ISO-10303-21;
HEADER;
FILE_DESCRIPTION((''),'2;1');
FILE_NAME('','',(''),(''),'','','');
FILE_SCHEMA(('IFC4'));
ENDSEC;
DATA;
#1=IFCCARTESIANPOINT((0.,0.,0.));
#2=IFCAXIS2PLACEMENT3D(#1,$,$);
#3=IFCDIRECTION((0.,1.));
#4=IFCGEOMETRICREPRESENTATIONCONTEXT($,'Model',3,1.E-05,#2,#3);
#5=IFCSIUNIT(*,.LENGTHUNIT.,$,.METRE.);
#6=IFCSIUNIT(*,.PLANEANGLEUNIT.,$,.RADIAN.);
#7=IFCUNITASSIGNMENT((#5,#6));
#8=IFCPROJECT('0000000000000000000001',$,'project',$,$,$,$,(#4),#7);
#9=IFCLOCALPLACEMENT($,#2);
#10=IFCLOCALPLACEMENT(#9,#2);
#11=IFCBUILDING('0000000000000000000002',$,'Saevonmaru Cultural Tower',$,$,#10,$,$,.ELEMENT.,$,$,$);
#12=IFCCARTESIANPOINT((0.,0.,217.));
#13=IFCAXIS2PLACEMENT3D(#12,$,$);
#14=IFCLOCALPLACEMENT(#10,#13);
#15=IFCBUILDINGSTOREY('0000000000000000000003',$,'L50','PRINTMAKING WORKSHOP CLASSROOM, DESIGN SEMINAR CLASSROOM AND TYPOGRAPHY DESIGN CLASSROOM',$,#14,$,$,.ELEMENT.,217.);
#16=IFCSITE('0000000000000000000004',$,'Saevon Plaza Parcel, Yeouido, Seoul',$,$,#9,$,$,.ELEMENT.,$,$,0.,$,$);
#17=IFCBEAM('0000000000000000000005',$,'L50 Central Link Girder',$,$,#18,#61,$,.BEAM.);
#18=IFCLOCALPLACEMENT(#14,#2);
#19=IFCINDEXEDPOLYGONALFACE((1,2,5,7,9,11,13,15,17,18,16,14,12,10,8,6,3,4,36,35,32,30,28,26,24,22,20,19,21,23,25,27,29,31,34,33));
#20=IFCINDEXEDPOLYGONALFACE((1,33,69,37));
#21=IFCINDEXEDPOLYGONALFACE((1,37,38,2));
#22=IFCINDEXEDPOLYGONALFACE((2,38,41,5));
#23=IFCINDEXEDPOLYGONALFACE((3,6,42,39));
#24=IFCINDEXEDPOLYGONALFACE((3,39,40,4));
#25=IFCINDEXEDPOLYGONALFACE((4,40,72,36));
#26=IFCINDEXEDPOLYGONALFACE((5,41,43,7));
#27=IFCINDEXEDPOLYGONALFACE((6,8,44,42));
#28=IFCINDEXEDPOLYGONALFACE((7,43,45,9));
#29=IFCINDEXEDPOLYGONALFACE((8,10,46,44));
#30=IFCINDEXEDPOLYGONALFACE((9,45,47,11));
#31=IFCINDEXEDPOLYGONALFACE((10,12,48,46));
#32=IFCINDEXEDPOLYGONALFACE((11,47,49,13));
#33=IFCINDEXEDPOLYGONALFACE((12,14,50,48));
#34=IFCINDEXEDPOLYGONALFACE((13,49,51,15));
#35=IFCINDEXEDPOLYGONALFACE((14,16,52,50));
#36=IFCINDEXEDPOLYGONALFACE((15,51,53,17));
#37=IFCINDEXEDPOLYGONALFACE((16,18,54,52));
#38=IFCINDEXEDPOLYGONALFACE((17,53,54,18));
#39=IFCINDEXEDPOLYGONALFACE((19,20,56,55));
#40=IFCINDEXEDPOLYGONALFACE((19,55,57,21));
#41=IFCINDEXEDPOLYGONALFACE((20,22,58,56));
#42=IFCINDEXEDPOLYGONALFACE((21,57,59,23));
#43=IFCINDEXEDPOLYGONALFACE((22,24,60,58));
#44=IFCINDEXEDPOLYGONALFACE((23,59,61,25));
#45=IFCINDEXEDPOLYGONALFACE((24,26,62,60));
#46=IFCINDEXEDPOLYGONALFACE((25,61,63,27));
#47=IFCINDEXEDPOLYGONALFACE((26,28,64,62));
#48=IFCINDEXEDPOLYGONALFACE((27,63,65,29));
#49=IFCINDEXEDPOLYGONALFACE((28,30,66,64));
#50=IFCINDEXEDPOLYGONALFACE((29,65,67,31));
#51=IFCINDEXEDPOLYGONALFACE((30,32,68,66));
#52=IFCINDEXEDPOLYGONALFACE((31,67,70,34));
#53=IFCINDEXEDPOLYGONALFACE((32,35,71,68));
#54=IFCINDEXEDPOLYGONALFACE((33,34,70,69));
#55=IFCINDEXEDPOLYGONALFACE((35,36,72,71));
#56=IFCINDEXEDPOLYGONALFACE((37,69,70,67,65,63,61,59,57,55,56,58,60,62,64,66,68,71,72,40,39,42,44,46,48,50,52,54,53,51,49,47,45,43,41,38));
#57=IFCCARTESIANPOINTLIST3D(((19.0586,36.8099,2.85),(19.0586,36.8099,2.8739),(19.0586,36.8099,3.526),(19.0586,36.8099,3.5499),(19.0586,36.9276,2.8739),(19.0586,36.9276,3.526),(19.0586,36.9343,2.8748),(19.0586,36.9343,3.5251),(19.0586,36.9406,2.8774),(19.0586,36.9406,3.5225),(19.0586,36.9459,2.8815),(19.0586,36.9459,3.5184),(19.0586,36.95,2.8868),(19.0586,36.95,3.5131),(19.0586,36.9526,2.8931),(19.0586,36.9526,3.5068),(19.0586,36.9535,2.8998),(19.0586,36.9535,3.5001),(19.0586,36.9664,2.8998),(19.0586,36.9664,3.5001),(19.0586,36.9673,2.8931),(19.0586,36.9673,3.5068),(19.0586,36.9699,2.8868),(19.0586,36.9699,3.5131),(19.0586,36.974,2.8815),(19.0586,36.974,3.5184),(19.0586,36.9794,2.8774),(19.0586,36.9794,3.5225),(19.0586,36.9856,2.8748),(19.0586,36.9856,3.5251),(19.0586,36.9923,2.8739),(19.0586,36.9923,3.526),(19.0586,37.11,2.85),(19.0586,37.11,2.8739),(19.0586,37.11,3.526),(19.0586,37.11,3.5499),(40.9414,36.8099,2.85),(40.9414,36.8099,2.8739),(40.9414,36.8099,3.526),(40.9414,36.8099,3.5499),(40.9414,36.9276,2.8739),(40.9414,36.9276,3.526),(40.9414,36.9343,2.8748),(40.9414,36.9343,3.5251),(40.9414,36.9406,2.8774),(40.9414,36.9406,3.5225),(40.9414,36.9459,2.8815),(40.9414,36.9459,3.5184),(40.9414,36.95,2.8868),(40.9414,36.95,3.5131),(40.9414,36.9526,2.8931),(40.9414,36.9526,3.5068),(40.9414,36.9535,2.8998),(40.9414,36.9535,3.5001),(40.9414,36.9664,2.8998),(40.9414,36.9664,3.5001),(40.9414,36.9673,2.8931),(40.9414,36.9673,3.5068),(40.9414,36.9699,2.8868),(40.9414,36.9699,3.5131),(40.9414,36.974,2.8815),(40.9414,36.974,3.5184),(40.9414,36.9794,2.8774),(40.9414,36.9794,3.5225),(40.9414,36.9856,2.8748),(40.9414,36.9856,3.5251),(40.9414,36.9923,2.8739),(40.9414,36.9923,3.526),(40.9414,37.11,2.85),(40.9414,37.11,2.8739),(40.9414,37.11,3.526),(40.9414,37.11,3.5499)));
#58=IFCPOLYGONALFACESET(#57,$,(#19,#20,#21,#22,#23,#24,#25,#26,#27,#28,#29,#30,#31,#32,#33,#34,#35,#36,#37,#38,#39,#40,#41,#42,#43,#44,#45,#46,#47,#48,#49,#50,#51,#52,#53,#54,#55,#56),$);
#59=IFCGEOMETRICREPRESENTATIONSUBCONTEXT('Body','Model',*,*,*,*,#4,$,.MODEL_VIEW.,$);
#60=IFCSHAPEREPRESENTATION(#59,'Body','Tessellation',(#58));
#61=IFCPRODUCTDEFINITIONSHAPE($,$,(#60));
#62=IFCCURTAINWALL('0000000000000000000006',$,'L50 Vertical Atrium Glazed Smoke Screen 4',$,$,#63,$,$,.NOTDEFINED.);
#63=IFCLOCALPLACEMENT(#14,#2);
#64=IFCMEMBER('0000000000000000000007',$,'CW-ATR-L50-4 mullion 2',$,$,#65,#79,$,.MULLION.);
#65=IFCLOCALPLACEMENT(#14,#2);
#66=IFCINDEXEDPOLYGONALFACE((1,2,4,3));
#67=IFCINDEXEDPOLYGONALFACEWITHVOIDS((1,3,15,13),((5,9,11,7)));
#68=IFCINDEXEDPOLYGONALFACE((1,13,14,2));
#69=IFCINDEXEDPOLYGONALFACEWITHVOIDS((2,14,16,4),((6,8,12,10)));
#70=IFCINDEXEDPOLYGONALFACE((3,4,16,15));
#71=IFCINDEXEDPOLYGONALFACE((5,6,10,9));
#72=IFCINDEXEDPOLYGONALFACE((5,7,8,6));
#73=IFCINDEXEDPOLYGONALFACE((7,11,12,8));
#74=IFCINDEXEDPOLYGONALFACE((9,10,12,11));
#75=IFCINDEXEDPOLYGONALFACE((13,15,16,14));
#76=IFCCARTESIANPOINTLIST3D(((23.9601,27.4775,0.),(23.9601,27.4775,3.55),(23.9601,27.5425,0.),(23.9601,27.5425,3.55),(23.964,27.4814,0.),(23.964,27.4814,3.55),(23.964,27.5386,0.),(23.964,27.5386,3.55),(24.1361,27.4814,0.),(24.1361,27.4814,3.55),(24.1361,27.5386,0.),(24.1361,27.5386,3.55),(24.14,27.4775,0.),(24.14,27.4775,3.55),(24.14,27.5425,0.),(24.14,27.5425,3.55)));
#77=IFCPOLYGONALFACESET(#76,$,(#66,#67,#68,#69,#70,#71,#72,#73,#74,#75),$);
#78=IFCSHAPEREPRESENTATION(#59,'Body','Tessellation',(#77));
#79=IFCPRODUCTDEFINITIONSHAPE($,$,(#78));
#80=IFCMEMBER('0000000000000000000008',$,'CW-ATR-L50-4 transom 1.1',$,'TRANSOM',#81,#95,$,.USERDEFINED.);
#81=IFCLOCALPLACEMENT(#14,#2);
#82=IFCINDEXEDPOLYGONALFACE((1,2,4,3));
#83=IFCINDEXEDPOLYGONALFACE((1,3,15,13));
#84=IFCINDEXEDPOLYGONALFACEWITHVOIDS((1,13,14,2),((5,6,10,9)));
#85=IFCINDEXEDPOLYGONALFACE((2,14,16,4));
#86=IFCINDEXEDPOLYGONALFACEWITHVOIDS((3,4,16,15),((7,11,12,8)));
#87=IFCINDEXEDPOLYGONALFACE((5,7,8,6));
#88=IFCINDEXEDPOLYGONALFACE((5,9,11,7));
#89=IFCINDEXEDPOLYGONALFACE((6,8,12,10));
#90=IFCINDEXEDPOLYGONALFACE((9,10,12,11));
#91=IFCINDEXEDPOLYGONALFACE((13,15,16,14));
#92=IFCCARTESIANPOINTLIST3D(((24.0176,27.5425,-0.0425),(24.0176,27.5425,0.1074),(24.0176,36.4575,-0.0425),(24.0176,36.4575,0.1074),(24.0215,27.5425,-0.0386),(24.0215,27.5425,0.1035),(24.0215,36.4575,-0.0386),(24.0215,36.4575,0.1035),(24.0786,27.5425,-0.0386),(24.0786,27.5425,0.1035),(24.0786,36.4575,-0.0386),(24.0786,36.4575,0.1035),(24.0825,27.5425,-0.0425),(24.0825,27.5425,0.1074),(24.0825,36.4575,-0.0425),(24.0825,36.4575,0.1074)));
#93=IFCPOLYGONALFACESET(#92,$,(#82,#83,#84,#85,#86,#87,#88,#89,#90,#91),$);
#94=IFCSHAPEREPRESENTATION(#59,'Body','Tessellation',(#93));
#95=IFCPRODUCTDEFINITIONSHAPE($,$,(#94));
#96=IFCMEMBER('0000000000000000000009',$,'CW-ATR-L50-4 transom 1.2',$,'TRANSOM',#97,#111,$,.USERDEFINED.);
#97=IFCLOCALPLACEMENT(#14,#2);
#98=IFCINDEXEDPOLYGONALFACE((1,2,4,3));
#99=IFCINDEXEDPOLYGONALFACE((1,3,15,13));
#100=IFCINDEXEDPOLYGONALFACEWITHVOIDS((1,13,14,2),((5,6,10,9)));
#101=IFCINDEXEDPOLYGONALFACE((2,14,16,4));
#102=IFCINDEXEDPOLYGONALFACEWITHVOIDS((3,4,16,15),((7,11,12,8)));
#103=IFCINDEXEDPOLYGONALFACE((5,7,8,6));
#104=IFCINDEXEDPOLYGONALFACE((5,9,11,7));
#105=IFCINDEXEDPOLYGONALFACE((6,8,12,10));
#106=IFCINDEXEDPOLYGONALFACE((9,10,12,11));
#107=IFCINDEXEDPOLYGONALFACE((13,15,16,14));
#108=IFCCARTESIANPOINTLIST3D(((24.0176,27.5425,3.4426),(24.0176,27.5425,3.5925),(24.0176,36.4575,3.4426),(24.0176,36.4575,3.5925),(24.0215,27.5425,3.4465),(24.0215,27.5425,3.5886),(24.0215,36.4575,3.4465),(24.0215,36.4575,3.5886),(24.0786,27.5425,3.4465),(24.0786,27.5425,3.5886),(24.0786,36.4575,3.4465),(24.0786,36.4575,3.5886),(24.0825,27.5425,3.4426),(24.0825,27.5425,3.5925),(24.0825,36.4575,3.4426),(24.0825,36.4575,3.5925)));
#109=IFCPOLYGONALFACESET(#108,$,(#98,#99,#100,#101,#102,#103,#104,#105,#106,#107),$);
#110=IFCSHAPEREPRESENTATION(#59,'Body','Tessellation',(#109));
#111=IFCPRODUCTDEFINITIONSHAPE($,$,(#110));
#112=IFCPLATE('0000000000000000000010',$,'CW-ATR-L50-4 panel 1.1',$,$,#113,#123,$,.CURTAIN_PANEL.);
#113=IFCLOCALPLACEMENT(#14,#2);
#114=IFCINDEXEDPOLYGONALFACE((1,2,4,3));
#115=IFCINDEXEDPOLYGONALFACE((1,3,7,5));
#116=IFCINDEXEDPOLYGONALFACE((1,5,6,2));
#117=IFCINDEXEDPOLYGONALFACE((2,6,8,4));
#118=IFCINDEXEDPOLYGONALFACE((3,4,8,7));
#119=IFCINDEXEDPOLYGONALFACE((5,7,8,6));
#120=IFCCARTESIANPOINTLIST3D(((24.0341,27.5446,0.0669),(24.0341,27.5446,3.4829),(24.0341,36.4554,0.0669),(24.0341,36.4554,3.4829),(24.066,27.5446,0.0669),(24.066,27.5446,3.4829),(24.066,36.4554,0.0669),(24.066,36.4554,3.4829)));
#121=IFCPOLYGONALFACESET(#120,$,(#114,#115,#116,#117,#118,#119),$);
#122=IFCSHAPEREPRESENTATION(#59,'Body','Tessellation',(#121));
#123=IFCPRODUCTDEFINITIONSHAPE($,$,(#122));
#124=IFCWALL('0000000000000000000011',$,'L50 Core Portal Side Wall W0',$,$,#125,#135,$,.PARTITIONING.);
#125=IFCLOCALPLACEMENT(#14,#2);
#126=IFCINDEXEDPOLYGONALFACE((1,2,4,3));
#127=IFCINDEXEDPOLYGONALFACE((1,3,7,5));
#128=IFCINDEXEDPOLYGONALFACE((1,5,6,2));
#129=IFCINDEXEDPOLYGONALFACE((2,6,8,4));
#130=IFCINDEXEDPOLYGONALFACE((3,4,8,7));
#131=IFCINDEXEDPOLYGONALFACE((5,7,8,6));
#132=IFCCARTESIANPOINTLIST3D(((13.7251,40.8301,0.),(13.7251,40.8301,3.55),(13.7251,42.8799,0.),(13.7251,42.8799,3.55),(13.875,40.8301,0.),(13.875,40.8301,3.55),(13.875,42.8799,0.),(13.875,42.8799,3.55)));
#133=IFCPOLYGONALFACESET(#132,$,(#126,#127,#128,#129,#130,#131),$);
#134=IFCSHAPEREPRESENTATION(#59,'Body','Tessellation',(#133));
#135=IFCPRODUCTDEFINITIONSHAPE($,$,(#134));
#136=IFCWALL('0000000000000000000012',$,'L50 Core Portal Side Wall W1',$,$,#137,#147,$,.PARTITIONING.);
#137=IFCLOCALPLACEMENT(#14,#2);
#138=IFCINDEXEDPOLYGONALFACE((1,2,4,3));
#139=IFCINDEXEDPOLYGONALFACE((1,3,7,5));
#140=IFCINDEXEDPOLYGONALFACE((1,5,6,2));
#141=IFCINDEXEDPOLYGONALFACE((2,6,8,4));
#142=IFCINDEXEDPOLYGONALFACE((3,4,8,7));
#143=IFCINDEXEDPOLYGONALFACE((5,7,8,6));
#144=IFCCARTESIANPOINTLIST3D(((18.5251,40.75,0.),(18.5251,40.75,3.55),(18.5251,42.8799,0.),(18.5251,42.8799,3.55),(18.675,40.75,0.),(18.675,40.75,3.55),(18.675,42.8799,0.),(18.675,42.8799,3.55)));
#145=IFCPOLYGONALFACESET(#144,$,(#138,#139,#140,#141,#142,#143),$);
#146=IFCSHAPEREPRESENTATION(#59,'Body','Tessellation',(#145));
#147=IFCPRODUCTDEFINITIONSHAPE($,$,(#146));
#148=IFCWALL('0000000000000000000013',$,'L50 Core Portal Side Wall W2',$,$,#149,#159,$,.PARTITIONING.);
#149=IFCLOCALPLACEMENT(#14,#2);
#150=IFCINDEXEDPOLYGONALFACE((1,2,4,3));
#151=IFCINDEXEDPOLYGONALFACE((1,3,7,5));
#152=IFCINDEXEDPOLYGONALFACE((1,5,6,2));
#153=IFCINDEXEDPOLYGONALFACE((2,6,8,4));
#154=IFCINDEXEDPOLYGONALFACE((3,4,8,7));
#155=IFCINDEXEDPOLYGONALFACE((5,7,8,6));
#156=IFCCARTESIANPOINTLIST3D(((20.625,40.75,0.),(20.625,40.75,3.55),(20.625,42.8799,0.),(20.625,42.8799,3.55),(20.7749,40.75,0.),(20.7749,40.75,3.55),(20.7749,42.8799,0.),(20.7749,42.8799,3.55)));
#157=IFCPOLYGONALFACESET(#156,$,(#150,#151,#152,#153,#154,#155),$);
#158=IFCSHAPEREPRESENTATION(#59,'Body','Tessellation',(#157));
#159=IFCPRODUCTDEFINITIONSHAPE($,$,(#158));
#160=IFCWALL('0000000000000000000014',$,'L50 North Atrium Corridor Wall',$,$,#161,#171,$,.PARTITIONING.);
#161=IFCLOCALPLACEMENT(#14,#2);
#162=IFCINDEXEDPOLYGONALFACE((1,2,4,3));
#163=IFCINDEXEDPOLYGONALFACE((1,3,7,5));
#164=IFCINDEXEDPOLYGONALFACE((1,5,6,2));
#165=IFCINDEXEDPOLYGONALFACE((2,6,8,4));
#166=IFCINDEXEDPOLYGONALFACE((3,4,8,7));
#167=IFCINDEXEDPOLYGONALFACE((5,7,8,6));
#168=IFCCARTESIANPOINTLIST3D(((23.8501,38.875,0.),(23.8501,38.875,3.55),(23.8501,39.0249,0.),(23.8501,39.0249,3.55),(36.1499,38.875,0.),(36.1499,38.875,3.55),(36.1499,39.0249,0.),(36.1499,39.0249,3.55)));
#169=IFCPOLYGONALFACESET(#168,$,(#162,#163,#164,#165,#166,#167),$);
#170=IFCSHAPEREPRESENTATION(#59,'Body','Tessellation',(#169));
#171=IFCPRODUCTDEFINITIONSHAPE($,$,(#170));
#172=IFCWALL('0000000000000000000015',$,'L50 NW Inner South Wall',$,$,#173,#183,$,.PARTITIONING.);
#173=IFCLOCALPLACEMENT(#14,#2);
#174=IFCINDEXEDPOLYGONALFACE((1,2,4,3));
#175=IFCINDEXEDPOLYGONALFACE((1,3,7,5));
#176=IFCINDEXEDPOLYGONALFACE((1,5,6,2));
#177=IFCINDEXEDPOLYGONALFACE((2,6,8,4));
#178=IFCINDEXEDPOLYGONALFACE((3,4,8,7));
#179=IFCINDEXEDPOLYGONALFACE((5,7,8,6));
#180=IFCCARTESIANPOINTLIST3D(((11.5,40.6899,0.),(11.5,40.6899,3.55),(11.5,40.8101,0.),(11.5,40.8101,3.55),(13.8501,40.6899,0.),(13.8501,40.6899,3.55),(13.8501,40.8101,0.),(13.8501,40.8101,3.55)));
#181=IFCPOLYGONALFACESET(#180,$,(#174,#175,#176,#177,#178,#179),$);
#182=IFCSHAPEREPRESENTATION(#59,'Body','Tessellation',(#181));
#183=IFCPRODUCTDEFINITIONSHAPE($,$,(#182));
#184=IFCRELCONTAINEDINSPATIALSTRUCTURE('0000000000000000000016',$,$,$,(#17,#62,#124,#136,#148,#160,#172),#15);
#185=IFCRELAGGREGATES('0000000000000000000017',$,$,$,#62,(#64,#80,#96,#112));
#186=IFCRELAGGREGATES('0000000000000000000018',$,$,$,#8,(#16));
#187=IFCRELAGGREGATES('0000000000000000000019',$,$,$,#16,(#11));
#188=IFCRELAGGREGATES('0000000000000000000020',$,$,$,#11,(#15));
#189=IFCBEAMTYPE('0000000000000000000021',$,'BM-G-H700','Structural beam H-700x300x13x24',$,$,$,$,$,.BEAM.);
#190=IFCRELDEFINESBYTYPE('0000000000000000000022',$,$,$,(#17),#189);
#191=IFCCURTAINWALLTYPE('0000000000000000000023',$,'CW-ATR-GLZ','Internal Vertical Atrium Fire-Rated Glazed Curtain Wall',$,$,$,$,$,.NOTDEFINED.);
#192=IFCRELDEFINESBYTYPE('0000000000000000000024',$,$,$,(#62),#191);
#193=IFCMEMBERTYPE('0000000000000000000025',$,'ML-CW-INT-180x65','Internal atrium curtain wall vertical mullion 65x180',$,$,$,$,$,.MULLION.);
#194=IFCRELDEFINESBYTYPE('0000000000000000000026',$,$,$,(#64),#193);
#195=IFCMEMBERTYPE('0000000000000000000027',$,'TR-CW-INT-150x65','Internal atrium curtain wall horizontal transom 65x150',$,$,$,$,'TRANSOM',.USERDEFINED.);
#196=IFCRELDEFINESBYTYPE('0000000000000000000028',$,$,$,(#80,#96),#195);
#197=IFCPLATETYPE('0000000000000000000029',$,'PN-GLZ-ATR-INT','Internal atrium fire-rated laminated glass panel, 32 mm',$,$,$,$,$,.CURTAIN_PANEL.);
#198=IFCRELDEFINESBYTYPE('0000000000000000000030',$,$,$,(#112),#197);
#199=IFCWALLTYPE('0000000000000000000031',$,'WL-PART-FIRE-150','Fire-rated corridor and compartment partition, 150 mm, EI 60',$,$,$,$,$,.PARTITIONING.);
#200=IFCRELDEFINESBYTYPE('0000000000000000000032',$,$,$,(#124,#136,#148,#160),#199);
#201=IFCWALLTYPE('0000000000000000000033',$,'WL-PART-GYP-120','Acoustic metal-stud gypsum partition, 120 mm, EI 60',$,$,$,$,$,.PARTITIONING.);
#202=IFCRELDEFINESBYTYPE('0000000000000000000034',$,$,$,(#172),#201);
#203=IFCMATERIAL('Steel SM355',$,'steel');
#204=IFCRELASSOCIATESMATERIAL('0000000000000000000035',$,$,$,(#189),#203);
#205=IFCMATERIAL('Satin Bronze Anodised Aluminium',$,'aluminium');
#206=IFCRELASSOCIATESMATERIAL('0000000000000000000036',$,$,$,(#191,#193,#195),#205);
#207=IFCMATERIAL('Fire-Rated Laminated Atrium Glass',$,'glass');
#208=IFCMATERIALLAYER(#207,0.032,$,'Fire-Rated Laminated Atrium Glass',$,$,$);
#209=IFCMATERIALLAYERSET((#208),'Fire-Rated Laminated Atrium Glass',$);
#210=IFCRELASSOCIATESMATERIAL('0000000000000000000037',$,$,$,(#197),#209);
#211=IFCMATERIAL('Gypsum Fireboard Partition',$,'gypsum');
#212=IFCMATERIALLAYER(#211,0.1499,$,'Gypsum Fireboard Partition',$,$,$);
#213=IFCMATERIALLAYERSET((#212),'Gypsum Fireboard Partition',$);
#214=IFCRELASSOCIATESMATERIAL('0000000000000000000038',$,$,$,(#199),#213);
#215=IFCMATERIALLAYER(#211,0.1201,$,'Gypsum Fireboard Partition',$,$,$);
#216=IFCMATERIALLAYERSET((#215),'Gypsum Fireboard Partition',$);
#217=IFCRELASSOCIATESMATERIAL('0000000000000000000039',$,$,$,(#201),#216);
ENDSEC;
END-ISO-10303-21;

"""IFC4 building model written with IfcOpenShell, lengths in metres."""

from ifc_helpers import new_model, si_unit, direction, frame, frame_2d, origin, origin_2d, place, context, subcontext, project, spatial, rectangle, hollow_rectangle, i_section, extrude, material, layer, layer_set, material_profile, profile_set, type_object, element, aggregate, save


model = new_model("IFC4")

# Units and contexts
model_context = context("Model", 3, precision=1e-05, world=origin(), true_north=direction((0.0, 1.0)))
body_context = subcontext(model_context, "Body", "Model", "MODEL_VIEW")
ifc_project = project(units=[si_unit("LENGTHUNIT", "METRE"), si_unit("PLANEANGLEUNIT", "RADIAN")], contexts=[model_context])

# Site, building, storey
site_placement = place(None, origin())
site = spatial("IfcSite", under=ifc_project, at=site_placement, Name="Saevon Plaza Parcel, Yeouido, Seoul", CompositionType="ELEMENT", RefElevation=0.0)
building_placement = place(site_placement, origin())
building = spatial("IfcBuilding", under=site, at=building_placement, Name="Saevonmaru Cultural Tower", CompositionType="ELEMENT")
storey_placement = place(building_placement, frame((0.0, 0.0, 217.0)))
storey = spatial("IfcBuildingStorey", under=building, at=storey_placement, Name="L50", Description="PRINTMAKING WORKSHOP CLASSROOM, DESIGN SEMINAR CLASSROOM AND TYPOGRAPHY DESIGN CLASSROOM", CompositionType="ELEMENT", Elevation=217.0)

# Shared definitions
ifc_material_1 = material(Name="Steel SM355", Category="steel")

# Beam
ifc_material_profile_1 = material_profile(ifc_material_1, i_section(OverallWidth=0.3, OverallDepth=0.7, WebThickness=0.0129, FlangeThickness=0.0239, FilletRadius=0.0259, at=origin_2d()), Name="H-700x300x13x24")
ifc_profile_set_1 = profile_set([ifc_material_profile_1], Name="Steel SM355")
beam_type = type_object("IfcBeamType", Name="BM-G-H700", Description="Structural beam H-700x300x13x24", PredefinedType="BEAM", material=ifc_profile_set_1)
beam_1_placement = place(storey_placement, frame((19.0586, 36.96, 3.2), z_axis=(1.0, 0.0, 0.0), x_axis=(0.0, 1.0, 0.0)))
element("IfcBeam", 1, at=beam_1_placement, inside=storey, type_object=beam_type, Name="L50 Central Link Girder", PredefinedType="BEAM", context=body_context, shape_type="SweptSolid", body=[
    extrude(i_section(OverallWidth=0.3, OverallDepth=0.7, WebThickness=0.0129, FlangeThickness=0.0239, FilletRadius=0.0259, at=origin_2d()), origin(), (0.0, 0.0, 1.0), 21.8828),
])

# Curtain wall, members, plate
ifc_material_2 = material(Name="Satin Bronze Anodised Aluminium", Category="aluminium")
curtain_wall_type = type_object("IfcCurtainWallType", Name="CW-ATR-GLZ", Description="Internal Vertical Atrium Fire-Rated Glazed Curtain Wall", PredefinedType="NOTDEFINED", material=ifc_material_2)
curtain_wall_placement = place(storey_placement, origin())
curtain_wall = element("IfcCurtainWall", 2, at=curtain_wall_placement, inside=storey, type_object=curtain_wall_type, Name="L50 Vertical Atrium Glazed Smoke Screen 4", PredefinedType="NOTDEFINED")
ifc_material_profile_2 = material_profile(ifc_material_2, hollow_rectangle(XDim=0.0649, YDim=0.1799, WallThickness=0.0039, at=origin_2d()), Name="ALU-MULL-180x65x4")
ifc_profile_set_2 = profile_set([ifc_material_profile_2], Name="Satin Bronze Anodised Aluminium")
member_type_1 = type_object("IfcMemberType", Name="ML-CW-INT-180x65", Description="Internal atrium curtain wall vertical mullion 65x180", PredefinedType="MULLION", material=ifc_profile_set_2)
member_1_placement = place(storey_placement, frame((24.05, 27.51, 0.0), z_axis=(0.0, 0.0, 1.0), x_axis=(0.0, -1.0, 0.0)))
member_1 = element("IfcMember", 3, at=member_1_placement, type_object=member_type_1, Name="CW-ATR-L50-4 mullion 2", PredefinedType="MULLION", context=body_context, shape_type="SweptSolid", body=[
    extrude(hollow_rectangle(XDim=0.0649, YDim=0.1799, WallThickness=0.0039, at=origin_2d()), origin(), (0.0, 0.0, 1.0), 3.55),
])
ifc_material_profile_3 = material_profile(ifc_material_2, hollow_rectangle(XDim=0.0649, YDim=0.1499, WallThickness=0.0039, at=origin_2d()), Name="ALU-TRAN-150x65x4")
ifc_profile_set_3 = profile_set([ifc_material_profile_3], Name="Satin Bronze Anodised Aluminium")
member_type_2 = type_object("IfcMemberType", Name="TR-CW-INT-150x65", Description="Internal atrium curtain wall horizontal transom 65x150", ElementType="TRANSOM", PredefinedType="USERDEFINED", material=ifc_profile_set_3)
member_2_placement = place(storey_placement, frame((24.05, 36.4575, 0.0325), z_axis=(0.0, -1.0, 0.0), x_axis=(1.0, 0.0, 0.0)))
member_2 = element("IfcMember", 4, at=member_2_placement, type_object=member_type_2, Name="CW-ATR-L50-4 transom 1.1", ObjectType="TRANSOM", PredefinedType="USERDEFINED", context=body_context, shape_type="SweptSolid", body=[
    extrude(hollow_rectangle(XDim=0.0649, YDim=0.1499, WallThickness=0.0039, at=origin_2d()), origin(), (0.0, 0.0, 1.0), 8.915),
])
member_3_placement = place(storey_placement, frame((24.05, 36.4575, 3.5176), z_axis=(0.0, -1.0, 0.0), x_axis=(1.0, 0.0, 0.0)))
member_3 = element("IfcMember", 5, at=member_3_placement, type_object=member_type_2, Name="CW-ATR-L50-4 transom 1.2", ObjectType="TRANSOM", PredefinedType="USERDEFINED", context=body_context, shape_type="SweptSolid", body=[
    extrude(hollow_rectangle(XDim=0.0649, YDim=0.1499, WallThickness=0.0039, at=origin_2d()), origin(), (0.0, 0.0, 1.0), 8.915),
])
ifc_material_3 = material(Name="Fire-Rated Laminated Atrium Glass", Category="glass")
ifc_layer_1 = layer(ifc_material_3, 0.032, Name="Fire-Rated Laminated Atrium Glass")
ifc_layer_set_1 = layer_set([ifc_layer_1], Name="Fire-Rated Laminated Atrium Glass")
plate_type = type_object("IfcPlateType", Name="PN-GLZ-ATR-INT", Description="Internal atrium fire-rated laminated glass panel, 32 mm", PredefinedType="CURTAIN_PANEL", material=ifc_layer_set_1)
plate_placement = place(storey_placement, frame((24.05, 32.0, 0.0669), z_axis=(0.0, 0.0, 1.0), x_axis=(0.0, -1.0, 0.0)))
plate = element("IfcPlate", 6, at=plate_placement, type_object=plate_type, Name="CW-ATR-L50-4 panel 1.1", PredefinedType="CURTAIN_PANEL", context=body_context, shape_type="SweptSolid", body=[
    extrude(rectangle(XDim=8.9109, YDim=0.032, at=origin_2d()), origin(), (0.0, 0.0, 1.0), 3.416),
])
aggregate(curtain_wall, [member_1, member_2, member_3, plate])

# Walls
ifc_material_4 = material(Name="Gypsum Fireboard Partition", Category="gypsum")
ifc_layer_2 = layer(ifc_material_4, 0.1499, Name="Gypsum Fireboard Partition")
ifc_layer_set_2 = layer_set([ifc_layer_2], Name="Gypsum Fireboard Partition")
wall_type_1 = type_object("IfcWallType", Name="WL-PART-FIRE-150", Description="Fire-rated corridor and compartment partition, 150 mm, EI 60", PredefinedType="PARTITIONING", material=ifc_layer_set_2)
wall_1_placement = place(storey_placement, frame((13.8, 40.8301, 0.0), z_axis=(0.0, 0.0, 1.0), x_axis=(0.0, 1.0, 0.0)))
element("IfcWall", 7, at=wall_1_placement, inside=storey, type_object=wall_type_1, Name="L50 Core Portal Side Wall W0", PredefinedType="PARTITIONING", context=body_context, shape_type="SweptSolid", body=[
    extrude(rectangle(XDim=2.0498, YDim=0.1499, at=frame_2d((1.0249, 0.0))), origin(), (0.0, 0.0, 1.0), 3.55),
])
for number, where, z_axis, x_axis, name in (
    (8, (18.6001, 40.75, 0.0), (0.0, 0.0, 1.0), (0.0, 1.0, 0.0), "L50 Core Portal Side Wall W1"),
    (9, (20.7, 40.75, 0.0), (0.0, 0.0, 1.0), (0.0, 1.0, 0.0), "L50 Core Portal Side Wall W2"),
):
    element("IfcWall", number, at=place(storey_placement, frame(where, z_axis=z_axis, x_axis=x_axis)), inside=storey, type_object=wall_type_1, Name=name, PredefinedType="PARTITIONING", context=body_context, shape_type="SweptSolid", body=[
        extrude(rectangle(XDim=2.1299, YDim=0.1499, at=frame_2d((1.0649, 0.0))), origin(), (0.0, 0.0, 1.0), 3.55),
    ])
wall_2_placement = place(storey_placement, frame((23.8501, 38.95, 0.0), z_axis=(0.0, 0.0, 1.0), x_axis=(1.0, 0.0, 0.0)))
element("IfcWall", 10, at=wall_2_placement, inside=storey, type_object=wall_type_1, Name="L50 North Atrium Corridor Wall", PredefinedType="PARTITIONING", context=body_context, shape_type="SweptSolid", body=[
    extrude(rectangle(XDim=12.2998, YDim=0.1499, at=frame_2d((6.1499, 0.0))), origin(), (0.0, 0.0, 1.0), 3.55),
])
ifc_layer_3 = layer(ifc_material_4, 0.1201, Name="Gypsum Fireboard Partition")
ifc_layer_set_3 = layer_set([ifc_layer_3], Name="Gypsum Fireboard Partition")
wall_type_2 = type_object("IfcWallType", Name="WL-PART-GYP-120", Description="Acoustic metal-stud gypsum partition, 120 mm, EI 60", PredefinedType="PARTITIONING", material=ifc_layer_set_3)
wall_3_placement = place(storey_placement, frame((11.5, 40.75, 0.0), z_axis=(0.0, 0.0, 1.0), x_axis=(1.0, 0.0, 0.0)))
element("IfcWall", 11, at=wall_3_placement, inside=storey, type_object=wall_type_2, Name="L50 NW Inner South Wall", PredefinedType="PARTITIONING", context=body_context, shape_type="SweptSolid", body=[
    extrude(rectangle(XDim=2.3501, YDim=0.1201, at=frame_2d((1.175, 0.0))), origin(), (0.0, 0.0, 1.0), 3.55),
])

save(model, "model.ifc")
